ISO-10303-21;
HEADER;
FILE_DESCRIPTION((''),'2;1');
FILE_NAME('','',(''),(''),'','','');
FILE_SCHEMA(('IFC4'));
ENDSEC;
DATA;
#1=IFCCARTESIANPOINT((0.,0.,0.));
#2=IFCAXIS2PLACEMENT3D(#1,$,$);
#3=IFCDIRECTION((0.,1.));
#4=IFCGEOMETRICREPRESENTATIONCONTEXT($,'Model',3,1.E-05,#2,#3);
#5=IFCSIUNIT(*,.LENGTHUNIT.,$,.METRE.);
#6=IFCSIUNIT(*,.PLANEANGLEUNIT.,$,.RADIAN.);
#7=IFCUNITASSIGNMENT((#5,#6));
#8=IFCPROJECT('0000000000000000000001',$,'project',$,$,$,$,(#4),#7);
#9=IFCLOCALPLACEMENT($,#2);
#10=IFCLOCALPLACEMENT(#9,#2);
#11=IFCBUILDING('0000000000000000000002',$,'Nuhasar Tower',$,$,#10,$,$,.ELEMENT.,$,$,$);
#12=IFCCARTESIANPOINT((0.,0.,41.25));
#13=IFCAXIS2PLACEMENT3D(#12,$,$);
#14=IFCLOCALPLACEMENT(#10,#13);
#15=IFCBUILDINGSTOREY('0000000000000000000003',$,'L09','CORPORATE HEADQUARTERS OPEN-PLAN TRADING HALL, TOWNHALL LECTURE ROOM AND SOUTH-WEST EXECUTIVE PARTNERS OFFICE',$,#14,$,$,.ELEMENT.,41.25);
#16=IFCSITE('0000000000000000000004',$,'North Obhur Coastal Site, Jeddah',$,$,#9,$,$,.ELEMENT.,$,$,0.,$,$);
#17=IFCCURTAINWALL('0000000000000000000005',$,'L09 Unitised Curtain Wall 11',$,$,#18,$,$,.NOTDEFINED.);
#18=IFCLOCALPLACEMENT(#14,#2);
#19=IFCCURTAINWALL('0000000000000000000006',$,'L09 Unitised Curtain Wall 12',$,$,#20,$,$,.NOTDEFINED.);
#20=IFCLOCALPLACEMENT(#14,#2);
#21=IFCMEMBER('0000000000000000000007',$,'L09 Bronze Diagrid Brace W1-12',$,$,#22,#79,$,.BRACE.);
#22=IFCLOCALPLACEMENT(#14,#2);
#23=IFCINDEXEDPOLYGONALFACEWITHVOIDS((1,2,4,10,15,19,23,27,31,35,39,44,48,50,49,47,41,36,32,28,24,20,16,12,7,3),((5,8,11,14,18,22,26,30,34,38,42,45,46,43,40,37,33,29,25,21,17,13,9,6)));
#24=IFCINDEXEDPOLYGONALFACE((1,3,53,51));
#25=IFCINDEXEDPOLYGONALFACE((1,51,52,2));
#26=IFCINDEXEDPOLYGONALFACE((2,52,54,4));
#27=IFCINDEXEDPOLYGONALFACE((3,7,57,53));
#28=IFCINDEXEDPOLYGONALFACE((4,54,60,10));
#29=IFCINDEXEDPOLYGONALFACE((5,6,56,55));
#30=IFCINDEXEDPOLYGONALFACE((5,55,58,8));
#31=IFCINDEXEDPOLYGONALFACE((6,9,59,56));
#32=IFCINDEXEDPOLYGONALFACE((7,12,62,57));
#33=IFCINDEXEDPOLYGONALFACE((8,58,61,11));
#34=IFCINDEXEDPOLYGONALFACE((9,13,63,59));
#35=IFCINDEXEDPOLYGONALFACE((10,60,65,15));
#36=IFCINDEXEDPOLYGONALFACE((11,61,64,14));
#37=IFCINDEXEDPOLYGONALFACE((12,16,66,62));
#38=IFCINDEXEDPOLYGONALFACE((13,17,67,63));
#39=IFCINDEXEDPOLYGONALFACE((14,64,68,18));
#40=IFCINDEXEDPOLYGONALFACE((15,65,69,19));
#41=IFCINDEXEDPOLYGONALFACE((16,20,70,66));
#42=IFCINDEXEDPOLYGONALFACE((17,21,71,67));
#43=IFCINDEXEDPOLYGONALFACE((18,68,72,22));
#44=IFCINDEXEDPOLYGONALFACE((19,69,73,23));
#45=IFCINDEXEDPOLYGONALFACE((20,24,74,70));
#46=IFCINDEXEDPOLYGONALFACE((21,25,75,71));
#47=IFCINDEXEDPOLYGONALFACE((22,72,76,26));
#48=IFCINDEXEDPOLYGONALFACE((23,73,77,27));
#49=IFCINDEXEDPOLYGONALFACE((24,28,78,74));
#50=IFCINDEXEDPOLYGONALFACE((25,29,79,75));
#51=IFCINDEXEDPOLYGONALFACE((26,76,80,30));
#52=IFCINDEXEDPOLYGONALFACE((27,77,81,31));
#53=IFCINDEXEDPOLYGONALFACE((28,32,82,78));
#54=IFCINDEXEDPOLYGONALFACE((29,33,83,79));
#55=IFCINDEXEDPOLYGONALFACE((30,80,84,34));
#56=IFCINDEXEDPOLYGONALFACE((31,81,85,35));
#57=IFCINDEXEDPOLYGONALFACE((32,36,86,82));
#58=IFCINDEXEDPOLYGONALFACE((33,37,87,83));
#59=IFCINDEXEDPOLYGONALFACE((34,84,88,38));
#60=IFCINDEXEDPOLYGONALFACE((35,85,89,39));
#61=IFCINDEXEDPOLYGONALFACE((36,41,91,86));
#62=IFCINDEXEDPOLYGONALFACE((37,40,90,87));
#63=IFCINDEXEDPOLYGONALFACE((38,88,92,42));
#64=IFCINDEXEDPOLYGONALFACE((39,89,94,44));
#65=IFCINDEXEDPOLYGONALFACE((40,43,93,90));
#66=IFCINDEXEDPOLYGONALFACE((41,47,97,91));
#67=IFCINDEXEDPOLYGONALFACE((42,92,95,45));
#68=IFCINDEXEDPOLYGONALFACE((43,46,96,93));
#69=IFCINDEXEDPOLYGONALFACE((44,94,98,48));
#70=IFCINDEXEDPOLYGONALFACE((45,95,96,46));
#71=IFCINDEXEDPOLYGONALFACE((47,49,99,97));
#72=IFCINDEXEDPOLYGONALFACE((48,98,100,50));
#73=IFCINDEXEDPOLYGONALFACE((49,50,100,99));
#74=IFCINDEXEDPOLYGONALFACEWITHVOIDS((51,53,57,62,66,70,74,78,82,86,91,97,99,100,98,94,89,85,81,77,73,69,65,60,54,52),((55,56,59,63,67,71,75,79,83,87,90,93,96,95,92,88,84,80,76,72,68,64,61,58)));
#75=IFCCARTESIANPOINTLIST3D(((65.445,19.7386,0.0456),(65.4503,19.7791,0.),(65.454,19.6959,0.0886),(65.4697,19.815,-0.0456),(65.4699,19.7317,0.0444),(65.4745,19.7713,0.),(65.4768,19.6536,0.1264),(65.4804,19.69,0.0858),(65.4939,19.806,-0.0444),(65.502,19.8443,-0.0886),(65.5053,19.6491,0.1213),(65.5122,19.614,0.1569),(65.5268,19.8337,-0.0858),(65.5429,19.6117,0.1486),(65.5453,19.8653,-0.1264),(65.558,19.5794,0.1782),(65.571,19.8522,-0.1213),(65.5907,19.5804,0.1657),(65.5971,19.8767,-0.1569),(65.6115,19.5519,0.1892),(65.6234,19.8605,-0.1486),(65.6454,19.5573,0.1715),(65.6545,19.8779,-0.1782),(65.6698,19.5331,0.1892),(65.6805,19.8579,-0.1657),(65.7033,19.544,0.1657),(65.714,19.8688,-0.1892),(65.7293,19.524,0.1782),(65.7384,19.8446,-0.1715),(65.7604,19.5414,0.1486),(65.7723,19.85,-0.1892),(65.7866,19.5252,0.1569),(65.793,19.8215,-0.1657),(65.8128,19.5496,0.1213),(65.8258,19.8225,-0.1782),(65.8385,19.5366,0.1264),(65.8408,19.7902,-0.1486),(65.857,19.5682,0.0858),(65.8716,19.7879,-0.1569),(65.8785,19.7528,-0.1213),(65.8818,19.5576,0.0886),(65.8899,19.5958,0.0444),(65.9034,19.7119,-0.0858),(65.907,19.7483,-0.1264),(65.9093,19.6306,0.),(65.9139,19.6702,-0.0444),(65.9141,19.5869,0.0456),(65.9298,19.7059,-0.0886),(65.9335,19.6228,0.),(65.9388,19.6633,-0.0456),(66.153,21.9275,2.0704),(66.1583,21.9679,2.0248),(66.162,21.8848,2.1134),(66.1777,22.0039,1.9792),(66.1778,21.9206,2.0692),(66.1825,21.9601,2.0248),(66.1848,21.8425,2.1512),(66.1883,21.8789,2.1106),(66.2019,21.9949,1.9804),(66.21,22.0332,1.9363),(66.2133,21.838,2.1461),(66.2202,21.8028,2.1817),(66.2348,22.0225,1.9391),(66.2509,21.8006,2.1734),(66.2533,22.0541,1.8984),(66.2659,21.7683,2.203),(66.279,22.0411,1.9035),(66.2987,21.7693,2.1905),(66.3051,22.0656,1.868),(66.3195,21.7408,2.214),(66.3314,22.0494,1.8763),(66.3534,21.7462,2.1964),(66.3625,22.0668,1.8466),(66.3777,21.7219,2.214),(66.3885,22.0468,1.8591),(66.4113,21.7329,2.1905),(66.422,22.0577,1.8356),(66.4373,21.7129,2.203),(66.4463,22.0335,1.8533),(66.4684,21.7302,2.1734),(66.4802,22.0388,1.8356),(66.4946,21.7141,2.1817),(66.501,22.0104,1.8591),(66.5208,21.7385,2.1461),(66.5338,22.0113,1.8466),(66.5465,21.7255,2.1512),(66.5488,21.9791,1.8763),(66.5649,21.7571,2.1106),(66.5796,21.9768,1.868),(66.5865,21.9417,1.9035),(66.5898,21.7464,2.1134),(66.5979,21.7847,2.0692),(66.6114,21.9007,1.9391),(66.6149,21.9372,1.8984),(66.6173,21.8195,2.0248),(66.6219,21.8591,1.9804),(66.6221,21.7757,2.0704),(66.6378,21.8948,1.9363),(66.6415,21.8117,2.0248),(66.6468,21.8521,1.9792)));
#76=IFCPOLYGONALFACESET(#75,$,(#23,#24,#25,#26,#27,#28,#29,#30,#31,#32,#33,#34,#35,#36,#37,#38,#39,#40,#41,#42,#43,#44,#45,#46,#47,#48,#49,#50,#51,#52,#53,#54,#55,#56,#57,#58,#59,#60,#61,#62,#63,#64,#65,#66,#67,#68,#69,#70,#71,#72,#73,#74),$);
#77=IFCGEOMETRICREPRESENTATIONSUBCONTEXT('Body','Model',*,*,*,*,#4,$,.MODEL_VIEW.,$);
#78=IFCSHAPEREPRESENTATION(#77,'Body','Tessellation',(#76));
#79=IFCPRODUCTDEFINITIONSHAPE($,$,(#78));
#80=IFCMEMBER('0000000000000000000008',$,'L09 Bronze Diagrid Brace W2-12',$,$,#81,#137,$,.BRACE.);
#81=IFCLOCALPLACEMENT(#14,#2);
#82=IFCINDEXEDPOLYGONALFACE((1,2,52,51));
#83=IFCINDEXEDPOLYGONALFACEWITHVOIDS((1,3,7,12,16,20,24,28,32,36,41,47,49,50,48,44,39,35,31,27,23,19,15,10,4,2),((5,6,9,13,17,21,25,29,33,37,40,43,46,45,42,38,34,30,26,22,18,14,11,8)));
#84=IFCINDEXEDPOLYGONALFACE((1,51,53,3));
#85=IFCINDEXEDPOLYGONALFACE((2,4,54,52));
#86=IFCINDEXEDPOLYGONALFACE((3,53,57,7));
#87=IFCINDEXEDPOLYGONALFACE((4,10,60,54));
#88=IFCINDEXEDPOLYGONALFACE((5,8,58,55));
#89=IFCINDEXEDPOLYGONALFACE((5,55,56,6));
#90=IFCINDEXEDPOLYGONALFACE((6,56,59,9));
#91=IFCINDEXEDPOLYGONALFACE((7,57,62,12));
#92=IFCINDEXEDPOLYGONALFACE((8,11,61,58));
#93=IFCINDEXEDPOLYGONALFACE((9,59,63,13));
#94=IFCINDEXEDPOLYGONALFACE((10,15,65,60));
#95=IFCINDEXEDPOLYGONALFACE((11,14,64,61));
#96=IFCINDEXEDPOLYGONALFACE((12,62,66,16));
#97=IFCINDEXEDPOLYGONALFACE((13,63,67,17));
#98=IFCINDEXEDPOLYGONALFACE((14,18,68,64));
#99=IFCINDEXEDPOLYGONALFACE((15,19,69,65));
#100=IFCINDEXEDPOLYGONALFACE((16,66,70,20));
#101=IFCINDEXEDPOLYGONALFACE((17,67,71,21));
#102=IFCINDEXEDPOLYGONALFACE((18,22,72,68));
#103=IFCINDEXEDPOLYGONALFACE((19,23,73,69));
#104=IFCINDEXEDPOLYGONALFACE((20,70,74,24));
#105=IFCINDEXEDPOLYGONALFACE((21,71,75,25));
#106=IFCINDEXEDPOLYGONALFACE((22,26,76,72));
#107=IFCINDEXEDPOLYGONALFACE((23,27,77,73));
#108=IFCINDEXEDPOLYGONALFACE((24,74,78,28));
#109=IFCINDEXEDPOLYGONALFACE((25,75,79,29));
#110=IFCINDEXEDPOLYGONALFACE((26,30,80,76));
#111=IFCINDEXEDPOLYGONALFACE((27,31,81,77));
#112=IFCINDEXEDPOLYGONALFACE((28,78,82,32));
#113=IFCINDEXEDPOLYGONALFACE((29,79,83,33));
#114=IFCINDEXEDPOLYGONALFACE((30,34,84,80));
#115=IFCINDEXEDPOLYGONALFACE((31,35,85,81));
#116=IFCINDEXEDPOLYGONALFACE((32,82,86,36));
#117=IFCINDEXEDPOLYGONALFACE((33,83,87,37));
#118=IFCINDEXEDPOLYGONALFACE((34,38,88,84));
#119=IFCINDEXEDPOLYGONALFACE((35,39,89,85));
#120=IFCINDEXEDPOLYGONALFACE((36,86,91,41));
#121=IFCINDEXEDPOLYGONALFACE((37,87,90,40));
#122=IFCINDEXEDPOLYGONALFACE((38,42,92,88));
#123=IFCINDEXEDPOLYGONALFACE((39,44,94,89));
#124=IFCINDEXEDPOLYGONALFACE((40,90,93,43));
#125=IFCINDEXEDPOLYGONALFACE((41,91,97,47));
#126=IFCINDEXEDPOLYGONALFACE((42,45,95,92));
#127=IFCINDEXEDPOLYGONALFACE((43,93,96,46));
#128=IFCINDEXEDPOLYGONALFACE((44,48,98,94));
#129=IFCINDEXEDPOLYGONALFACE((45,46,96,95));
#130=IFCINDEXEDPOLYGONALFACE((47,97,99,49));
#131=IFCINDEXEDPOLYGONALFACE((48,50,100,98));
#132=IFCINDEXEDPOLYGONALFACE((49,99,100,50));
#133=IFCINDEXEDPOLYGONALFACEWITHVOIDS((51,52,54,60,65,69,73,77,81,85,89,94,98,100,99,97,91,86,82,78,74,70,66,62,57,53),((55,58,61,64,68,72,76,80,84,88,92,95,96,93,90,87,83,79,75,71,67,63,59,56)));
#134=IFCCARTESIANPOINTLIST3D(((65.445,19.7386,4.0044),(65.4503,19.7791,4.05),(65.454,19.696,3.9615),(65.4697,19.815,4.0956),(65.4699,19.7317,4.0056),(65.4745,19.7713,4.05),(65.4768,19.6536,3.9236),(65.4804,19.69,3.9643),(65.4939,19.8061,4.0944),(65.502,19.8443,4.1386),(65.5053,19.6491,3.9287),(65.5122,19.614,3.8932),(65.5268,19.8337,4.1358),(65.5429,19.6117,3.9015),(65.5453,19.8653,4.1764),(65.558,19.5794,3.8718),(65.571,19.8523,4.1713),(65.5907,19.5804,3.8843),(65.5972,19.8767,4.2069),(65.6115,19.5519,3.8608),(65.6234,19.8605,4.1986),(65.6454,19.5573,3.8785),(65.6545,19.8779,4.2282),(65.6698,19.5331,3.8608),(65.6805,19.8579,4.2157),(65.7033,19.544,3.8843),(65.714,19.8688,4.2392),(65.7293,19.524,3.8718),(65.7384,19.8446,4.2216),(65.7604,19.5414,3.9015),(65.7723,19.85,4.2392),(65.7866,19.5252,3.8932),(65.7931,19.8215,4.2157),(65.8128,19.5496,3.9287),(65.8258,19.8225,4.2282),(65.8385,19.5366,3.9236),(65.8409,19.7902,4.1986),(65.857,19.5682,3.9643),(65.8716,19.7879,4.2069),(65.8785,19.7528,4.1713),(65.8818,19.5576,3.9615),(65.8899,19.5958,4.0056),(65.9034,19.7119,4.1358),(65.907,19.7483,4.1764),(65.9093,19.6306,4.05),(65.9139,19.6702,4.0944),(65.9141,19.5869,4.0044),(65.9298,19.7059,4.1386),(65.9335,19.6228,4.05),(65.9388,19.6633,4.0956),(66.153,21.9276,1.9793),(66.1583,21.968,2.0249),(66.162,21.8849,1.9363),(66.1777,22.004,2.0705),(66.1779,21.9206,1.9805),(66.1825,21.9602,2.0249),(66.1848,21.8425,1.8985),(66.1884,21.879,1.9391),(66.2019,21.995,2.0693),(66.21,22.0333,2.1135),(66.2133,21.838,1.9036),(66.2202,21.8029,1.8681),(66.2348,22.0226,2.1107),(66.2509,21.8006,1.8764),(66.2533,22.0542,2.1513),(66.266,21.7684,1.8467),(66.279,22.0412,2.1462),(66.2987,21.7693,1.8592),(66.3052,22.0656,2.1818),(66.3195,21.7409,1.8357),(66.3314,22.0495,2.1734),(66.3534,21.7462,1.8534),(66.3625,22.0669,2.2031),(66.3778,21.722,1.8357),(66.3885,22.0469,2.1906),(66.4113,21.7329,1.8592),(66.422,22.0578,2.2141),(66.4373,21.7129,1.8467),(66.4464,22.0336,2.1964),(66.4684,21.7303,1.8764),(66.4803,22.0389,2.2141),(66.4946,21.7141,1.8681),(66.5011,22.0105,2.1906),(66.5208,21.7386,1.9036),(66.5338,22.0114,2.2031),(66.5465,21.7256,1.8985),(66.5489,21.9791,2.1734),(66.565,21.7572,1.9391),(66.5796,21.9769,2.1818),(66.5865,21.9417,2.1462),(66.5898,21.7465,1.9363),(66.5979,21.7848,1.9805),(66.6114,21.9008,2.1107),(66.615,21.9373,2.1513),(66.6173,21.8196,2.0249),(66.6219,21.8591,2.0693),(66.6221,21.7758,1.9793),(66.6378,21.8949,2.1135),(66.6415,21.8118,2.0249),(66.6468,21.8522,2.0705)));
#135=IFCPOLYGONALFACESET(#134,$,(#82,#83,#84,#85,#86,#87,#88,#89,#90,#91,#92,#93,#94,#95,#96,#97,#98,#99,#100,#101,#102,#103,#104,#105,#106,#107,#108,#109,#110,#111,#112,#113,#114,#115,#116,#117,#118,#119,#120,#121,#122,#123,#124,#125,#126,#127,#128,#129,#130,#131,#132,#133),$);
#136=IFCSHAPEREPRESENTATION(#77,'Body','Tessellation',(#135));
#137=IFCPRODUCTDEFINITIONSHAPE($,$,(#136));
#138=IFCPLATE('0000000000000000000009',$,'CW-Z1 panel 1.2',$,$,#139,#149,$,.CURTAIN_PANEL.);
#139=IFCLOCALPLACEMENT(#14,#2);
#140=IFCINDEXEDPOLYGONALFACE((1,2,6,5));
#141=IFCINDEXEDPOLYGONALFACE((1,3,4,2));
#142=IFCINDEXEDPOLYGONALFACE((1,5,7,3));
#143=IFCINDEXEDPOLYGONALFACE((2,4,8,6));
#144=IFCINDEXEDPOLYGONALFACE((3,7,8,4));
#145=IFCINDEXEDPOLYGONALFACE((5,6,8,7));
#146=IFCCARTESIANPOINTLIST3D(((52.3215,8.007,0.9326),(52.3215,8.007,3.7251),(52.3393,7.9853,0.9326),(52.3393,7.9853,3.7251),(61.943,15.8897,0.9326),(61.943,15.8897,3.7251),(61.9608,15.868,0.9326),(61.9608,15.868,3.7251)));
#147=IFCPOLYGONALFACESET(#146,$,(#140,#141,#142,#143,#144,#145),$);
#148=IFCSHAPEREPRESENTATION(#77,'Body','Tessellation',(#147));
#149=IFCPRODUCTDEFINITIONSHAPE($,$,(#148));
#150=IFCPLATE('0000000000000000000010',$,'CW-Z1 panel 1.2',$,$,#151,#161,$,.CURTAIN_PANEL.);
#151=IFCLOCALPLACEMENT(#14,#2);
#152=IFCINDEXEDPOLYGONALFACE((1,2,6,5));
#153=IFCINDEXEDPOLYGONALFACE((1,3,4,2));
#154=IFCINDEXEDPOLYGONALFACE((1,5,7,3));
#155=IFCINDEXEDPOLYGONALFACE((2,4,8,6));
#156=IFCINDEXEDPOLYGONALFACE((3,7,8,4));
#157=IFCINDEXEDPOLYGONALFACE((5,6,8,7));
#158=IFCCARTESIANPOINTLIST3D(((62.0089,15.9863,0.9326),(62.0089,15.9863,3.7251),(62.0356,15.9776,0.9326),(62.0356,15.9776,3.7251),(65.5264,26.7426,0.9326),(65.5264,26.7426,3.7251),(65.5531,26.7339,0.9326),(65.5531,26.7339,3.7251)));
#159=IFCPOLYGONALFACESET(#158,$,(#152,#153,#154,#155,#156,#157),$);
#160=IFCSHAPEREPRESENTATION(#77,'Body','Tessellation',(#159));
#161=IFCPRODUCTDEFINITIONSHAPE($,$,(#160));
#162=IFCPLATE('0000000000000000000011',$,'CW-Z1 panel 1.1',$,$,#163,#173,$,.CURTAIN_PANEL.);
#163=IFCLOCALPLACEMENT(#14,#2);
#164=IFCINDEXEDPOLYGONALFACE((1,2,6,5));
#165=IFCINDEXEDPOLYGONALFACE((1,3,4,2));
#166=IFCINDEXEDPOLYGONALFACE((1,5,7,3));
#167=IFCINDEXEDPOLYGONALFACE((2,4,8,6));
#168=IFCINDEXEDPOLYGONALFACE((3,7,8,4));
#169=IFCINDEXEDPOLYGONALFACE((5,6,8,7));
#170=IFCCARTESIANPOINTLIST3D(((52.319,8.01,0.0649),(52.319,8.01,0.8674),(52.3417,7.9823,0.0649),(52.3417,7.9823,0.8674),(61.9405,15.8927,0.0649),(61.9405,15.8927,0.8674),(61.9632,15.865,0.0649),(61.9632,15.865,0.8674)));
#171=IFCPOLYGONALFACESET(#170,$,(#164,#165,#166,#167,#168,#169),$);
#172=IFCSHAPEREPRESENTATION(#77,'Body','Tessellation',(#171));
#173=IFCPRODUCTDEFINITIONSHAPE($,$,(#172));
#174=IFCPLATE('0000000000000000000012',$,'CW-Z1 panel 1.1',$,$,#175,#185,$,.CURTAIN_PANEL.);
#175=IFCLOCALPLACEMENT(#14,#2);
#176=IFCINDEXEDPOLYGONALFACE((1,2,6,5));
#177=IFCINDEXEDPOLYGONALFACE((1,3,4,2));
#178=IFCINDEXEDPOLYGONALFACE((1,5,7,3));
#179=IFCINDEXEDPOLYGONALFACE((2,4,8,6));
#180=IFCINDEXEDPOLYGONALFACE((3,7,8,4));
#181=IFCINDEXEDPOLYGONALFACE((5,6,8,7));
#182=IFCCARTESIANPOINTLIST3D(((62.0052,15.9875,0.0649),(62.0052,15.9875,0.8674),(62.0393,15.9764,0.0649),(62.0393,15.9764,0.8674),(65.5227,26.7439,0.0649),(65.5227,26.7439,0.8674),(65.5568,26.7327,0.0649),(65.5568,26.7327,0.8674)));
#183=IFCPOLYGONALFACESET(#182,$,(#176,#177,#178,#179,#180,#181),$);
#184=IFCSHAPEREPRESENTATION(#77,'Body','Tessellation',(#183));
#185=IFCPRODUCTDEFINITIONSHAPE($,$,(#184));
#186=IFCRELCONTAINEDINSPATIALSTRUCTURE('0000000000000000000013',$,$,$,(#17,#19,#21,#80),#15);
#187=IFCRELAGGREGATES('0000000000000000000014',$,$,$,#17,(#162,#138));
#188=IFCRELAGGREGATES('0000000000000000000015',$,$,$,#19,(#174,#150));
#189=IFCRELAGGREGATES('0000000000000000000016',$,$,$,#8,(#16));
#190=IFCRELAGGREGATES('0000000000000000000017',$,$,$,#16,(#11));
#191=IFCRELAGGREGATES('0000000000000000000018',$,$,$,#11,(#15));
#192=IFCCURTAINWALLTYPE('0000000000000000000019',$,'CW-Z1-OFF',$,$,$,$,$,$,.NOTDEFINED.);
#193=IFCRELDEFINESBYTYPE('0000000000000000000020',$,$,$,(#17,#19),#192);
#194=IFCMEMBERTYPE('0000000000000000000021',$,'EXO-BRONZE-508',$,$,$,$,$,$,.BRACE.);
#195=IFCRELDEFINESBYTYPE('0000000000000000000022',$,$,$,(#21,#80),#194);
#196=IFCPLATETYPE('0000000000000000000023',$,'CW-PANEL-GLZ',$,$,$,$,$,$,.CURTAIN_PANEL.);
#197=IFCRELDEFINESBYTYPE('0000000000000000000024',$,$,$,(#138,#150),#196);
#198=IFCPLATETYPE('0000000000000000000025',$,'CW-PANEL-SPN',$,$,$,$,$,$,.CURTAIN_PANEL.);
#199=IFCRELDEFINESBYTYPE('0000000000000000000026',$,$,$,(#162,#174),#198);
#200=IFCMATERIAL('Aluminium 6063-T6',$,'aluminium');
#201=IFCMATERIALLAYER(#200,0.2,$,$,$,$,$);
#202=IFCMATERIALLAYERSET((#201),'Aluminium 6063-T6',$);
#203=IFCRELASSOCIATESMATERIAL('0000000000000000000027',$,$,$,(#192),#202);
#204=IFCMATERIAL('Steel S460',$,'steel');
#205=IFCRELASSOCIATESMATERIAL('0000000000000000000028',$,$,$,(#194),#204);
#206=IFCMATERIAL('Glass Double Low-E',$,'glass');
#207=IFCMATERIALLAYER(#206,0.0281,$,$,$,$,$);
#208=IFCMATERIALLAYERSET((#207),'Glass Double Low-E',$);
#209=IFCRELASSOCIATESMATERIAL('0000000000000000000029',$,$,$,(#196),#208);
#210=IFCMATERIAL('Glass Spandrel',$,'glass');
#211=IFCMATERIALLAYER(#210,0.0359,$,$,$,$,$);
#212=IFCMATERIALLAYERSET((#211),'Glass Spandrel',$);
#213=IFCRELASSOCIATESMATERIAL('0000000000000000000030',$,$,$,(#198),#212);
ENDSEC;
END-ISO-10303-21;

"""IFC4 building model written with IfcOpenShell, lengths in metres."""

from ifc_helpers import new_model, si_unit, direction, frame, origin, origin_2d, place, context, subcontext, project, spatial, rectangle, hollow_circle, extrude, material, layer, layer_set, material_profile, profile_set, type_object, element, aggregate, save


model = new_model("IFC4")

# Units and contexts
model_context = context("Model", 3, precision=1e-05, world=origin(), true_north=direction((0.0, 1.0)))
body_context = subcontext(model_context, "Body", "Model", "MODEL_VIEW")
ifc_project = project(units=[si_unit("LENGTHUNIT", "METRE"), si_unit("PLANEANGLEUNIT", "RADIAN")], contexts=[model_context])

# Site, building, storey
site_placement = place(None, origin())
site = spatial("IfcSite", under=ifc_project, at=site_placement, Name="North Obhur Coastal Site, Jeddah", CompositionType="ELEMENT", RefElevation=0.0)
building_placement = place(site_placement, origin())
building = spatial("IfcBuilding", under=site, at=building_placement, Name="Nuhasar Tower", CompositionType="ELEMENT")
storey_placement = place(building_placement, frame((0.0, 0.0, 41.25)))
storey = spatial("IfcBuildingStorey", under=building, at=storey_placement, Name="L09", Description="CORPORATE HEADQUARTERS OPEN-PLAN TRADING HALL, TOWNHALL LECTURE ROOM AND SOUTH-WEST EXECUTIVE PARTNERS OFFICE", CompositionType="ELEMENT", Elevation=41.25)

# Curtain wall
ifc_material_1 = material(Name="Aluminium 6063-T6", Category="aluminium")
ifc_layer_1 = layer(ifc_material_1, 0.2)
ifc_layer_set_1 = layer_set([ifc_layer_1], Name="Aluminium 6063-T6")
curtain_wall_type = type_object("IfcCurtainWallType", Name="CW-Z1-OFF", PredefinedType="NOTDEFINED", material=ifc_layer_set_1)
curtain_wall_1_placement = place(storey_placement, origin())
curtain_wall_1 = element("IfcCurtainWall", 1, at=curtain_wall_1_placement, inside=storey, type_object=curtain_wall_type, Name="L09 Unitised Curtain Wall 11", PredefinedType="NOTDEFINED")

# Curtain wall
curtain_wall_2_placement = place(storey_placement, origin())
curtain_wall_2 = element("IfcCurtainWall", 2, at=curtain_wall_2_placement, inside=storey, type_object=curtain_wall_type, Name="L09 Unitised Curtain Wall 12", PredefinedType="NOTDEFINED")

# Members
ifc_material_2 = material(Name="Steel S460", Category="steel")
ifc_material_profile_1 = material_profile(ifc_material_2, hollow_circle(Radius=0.2539, WallThickness=0.0254, at=origin_2d()), Name="HSS508X25.4")
ifc_profile_set_1 = profile_set([ifc_material_profile_1], Name="Steel S460")
member_type_1 = type_object("IfcMemberType", Name="EXO-BRONZE-508", PredefinedType="BRACE", material=ifc_profile_set_1)
member_1_placement = place(storey_placement, frame((65.6919, 19.7009, 0.0), z_axis=(0.231012, 0.714225, 0.660694), x_axis=(-0.951468, 0.307747, 0.0)))
element("IfcMember", 3, at=member_1_placement, inside=storey, type_object=member_type_1, Name="L09 Bronze Diagrid Brace W1-12", PredefinedType="BRACE", context=body_context, shape_type="SweptSolid", body=[
    extrude(hollow_circle(Radius=0.2539, WallThickness=0.0254, at=origin_2d()), origin(), (0.0, 0.0, 1.0), 3.0647),
])
member_2_placement = place(storey_placement, frame((66.3999, 21.8899, 2.0249), z_axis=(-0.231, -0.714187, 0.660739), x_axis=(0.951468, -0.307747, 0.0)))
element("IfcMember", 4, at=member_2_placement, inside=storey, type_object=member_type_1, Name="L09 Bronze Diagrid Brace W2-12", PredefinedType="BRACE", context=body_context, shape_type="SweptSolid", body=[
    extrude(hollow_circle(Radius=0.2539, WallThickness=0.0254, at=origin_2d()), origin(), (0.0, 0.0, 1.0), 3.0649),
])

# Plates
ifc_material_3 = material(Name="Glass Double Low-E", Category="glass")
ifc_layer_2 = layer(ifc_material_3, 0.0281)
ifc_layer_set_2 = layer_set([ifc_layer_2], Name="Glass Double Low-E")
plate_type_1 = type_object("IfcPlateType", Name="CW-PANEL-GLZ", PredefinedType="CURTAIN_PANEL", material=ifc_layer_set_2)
plate_1_placement = place(storey_placement, frame((57.1411, 11.9375, 0.9326), z_axis=(0.0, 0.0, 1.0), x_axis=(0.773542, 0.633745, 0.0)))
plate_1 = element("IfcPlate", 5, at=plate_1_placement, type_object=plate_type_1, Name="CW-Z1 panel 1.2", PredefinedType="CURTAIN_PANEL", context=body_context, shape_type="SweptSolid", body=[
    extrude(rectangle(XDim=12.4382, YDim=0.0281, at=origin_2d()), origin(), (0.0, 0.0, 1.0), 2.7925),
])
plate_2_placement = place(storey_placement, frame((63.781, 21.3601, 0.9326), z_axis=(0.0, 0.0, 1.0), x_axis=(0.310824, 0.950468, 0.0)))
plate_2 = element("IfcPlate", 6, at=plate_2_placement, type_object=plate_type_1, Name="CW-Z1 panel 1.2", PredefinedType="CURTAIN_PANEL", context=body_context, shape_type="SweptSolid", body=[
    extrude(rectangle(XDim=11.3169, YDim=0.0281, at=origin_2d()), origin(), (0.0, 0.0, 1.0), 2.7925),
])
ifc_material_4 = material(Name="Glass Spandrel", Category="glass")
ifc_layer_3 = layer(ifc_material_4, 0.0359)
ifc_layer_set_3 = layer_set([ifc_layer_3], Name="Glass Spandrel")
plate_type_2 = type_object("IfcPlateType", Name="CW-PANEL-SPN", PredefinedType="CURTAIN_PANEL", material=ifc_layer_set_3)
plate_3_placement = place(storey_placement, frame((57.1411, 11.9375, 0.0649), z_axis=(0.0, 0.0, 1.0), x_axis=(0.773542, 0.633745, 0.0)))
plate_3 = element("IfcPlate", 7, at=plate_3_placement, type_object=plate_type_2, Name="CW-Z1 panel 1.1", PredefinedType="CURTAIN_PANEL", context=body_context, shape_type="SweptSolid", body=[
    extrude(rectangle(XDim=12.4382, YDim=0.0359, at=origin_2d()), origin(), (0.0, 0.0, 1.0), 0.8025),
])
aggregate(curtain_wall_1, [plate_3, plate_1])
plate_4_placement = place(storey_placement, frame((63.781, 21.3601, 0.0649), z_axis=(0.0, 0.0, 1.0), x_axis=(0.310824, 0.950468, 0.0)))
plate_4 = element("IfcPlate", 8, at=plate_4_placement, type_object=plate_type_2, Name="CW-Z1 panel 1.1", PredefinedType="CURTAIN_PANEL", context=body_context, shape_type="SweptSolid", body=[
    extrude(rectangle(XDim=11.3169, YDim=0.0359, at=origin_2d()), origin(), (0.0, 0.0, 1.0), 0.8025),
])
aggregate(curtain_wall_2, [plate_4, plate_2])

save(model, "model.ifc")
